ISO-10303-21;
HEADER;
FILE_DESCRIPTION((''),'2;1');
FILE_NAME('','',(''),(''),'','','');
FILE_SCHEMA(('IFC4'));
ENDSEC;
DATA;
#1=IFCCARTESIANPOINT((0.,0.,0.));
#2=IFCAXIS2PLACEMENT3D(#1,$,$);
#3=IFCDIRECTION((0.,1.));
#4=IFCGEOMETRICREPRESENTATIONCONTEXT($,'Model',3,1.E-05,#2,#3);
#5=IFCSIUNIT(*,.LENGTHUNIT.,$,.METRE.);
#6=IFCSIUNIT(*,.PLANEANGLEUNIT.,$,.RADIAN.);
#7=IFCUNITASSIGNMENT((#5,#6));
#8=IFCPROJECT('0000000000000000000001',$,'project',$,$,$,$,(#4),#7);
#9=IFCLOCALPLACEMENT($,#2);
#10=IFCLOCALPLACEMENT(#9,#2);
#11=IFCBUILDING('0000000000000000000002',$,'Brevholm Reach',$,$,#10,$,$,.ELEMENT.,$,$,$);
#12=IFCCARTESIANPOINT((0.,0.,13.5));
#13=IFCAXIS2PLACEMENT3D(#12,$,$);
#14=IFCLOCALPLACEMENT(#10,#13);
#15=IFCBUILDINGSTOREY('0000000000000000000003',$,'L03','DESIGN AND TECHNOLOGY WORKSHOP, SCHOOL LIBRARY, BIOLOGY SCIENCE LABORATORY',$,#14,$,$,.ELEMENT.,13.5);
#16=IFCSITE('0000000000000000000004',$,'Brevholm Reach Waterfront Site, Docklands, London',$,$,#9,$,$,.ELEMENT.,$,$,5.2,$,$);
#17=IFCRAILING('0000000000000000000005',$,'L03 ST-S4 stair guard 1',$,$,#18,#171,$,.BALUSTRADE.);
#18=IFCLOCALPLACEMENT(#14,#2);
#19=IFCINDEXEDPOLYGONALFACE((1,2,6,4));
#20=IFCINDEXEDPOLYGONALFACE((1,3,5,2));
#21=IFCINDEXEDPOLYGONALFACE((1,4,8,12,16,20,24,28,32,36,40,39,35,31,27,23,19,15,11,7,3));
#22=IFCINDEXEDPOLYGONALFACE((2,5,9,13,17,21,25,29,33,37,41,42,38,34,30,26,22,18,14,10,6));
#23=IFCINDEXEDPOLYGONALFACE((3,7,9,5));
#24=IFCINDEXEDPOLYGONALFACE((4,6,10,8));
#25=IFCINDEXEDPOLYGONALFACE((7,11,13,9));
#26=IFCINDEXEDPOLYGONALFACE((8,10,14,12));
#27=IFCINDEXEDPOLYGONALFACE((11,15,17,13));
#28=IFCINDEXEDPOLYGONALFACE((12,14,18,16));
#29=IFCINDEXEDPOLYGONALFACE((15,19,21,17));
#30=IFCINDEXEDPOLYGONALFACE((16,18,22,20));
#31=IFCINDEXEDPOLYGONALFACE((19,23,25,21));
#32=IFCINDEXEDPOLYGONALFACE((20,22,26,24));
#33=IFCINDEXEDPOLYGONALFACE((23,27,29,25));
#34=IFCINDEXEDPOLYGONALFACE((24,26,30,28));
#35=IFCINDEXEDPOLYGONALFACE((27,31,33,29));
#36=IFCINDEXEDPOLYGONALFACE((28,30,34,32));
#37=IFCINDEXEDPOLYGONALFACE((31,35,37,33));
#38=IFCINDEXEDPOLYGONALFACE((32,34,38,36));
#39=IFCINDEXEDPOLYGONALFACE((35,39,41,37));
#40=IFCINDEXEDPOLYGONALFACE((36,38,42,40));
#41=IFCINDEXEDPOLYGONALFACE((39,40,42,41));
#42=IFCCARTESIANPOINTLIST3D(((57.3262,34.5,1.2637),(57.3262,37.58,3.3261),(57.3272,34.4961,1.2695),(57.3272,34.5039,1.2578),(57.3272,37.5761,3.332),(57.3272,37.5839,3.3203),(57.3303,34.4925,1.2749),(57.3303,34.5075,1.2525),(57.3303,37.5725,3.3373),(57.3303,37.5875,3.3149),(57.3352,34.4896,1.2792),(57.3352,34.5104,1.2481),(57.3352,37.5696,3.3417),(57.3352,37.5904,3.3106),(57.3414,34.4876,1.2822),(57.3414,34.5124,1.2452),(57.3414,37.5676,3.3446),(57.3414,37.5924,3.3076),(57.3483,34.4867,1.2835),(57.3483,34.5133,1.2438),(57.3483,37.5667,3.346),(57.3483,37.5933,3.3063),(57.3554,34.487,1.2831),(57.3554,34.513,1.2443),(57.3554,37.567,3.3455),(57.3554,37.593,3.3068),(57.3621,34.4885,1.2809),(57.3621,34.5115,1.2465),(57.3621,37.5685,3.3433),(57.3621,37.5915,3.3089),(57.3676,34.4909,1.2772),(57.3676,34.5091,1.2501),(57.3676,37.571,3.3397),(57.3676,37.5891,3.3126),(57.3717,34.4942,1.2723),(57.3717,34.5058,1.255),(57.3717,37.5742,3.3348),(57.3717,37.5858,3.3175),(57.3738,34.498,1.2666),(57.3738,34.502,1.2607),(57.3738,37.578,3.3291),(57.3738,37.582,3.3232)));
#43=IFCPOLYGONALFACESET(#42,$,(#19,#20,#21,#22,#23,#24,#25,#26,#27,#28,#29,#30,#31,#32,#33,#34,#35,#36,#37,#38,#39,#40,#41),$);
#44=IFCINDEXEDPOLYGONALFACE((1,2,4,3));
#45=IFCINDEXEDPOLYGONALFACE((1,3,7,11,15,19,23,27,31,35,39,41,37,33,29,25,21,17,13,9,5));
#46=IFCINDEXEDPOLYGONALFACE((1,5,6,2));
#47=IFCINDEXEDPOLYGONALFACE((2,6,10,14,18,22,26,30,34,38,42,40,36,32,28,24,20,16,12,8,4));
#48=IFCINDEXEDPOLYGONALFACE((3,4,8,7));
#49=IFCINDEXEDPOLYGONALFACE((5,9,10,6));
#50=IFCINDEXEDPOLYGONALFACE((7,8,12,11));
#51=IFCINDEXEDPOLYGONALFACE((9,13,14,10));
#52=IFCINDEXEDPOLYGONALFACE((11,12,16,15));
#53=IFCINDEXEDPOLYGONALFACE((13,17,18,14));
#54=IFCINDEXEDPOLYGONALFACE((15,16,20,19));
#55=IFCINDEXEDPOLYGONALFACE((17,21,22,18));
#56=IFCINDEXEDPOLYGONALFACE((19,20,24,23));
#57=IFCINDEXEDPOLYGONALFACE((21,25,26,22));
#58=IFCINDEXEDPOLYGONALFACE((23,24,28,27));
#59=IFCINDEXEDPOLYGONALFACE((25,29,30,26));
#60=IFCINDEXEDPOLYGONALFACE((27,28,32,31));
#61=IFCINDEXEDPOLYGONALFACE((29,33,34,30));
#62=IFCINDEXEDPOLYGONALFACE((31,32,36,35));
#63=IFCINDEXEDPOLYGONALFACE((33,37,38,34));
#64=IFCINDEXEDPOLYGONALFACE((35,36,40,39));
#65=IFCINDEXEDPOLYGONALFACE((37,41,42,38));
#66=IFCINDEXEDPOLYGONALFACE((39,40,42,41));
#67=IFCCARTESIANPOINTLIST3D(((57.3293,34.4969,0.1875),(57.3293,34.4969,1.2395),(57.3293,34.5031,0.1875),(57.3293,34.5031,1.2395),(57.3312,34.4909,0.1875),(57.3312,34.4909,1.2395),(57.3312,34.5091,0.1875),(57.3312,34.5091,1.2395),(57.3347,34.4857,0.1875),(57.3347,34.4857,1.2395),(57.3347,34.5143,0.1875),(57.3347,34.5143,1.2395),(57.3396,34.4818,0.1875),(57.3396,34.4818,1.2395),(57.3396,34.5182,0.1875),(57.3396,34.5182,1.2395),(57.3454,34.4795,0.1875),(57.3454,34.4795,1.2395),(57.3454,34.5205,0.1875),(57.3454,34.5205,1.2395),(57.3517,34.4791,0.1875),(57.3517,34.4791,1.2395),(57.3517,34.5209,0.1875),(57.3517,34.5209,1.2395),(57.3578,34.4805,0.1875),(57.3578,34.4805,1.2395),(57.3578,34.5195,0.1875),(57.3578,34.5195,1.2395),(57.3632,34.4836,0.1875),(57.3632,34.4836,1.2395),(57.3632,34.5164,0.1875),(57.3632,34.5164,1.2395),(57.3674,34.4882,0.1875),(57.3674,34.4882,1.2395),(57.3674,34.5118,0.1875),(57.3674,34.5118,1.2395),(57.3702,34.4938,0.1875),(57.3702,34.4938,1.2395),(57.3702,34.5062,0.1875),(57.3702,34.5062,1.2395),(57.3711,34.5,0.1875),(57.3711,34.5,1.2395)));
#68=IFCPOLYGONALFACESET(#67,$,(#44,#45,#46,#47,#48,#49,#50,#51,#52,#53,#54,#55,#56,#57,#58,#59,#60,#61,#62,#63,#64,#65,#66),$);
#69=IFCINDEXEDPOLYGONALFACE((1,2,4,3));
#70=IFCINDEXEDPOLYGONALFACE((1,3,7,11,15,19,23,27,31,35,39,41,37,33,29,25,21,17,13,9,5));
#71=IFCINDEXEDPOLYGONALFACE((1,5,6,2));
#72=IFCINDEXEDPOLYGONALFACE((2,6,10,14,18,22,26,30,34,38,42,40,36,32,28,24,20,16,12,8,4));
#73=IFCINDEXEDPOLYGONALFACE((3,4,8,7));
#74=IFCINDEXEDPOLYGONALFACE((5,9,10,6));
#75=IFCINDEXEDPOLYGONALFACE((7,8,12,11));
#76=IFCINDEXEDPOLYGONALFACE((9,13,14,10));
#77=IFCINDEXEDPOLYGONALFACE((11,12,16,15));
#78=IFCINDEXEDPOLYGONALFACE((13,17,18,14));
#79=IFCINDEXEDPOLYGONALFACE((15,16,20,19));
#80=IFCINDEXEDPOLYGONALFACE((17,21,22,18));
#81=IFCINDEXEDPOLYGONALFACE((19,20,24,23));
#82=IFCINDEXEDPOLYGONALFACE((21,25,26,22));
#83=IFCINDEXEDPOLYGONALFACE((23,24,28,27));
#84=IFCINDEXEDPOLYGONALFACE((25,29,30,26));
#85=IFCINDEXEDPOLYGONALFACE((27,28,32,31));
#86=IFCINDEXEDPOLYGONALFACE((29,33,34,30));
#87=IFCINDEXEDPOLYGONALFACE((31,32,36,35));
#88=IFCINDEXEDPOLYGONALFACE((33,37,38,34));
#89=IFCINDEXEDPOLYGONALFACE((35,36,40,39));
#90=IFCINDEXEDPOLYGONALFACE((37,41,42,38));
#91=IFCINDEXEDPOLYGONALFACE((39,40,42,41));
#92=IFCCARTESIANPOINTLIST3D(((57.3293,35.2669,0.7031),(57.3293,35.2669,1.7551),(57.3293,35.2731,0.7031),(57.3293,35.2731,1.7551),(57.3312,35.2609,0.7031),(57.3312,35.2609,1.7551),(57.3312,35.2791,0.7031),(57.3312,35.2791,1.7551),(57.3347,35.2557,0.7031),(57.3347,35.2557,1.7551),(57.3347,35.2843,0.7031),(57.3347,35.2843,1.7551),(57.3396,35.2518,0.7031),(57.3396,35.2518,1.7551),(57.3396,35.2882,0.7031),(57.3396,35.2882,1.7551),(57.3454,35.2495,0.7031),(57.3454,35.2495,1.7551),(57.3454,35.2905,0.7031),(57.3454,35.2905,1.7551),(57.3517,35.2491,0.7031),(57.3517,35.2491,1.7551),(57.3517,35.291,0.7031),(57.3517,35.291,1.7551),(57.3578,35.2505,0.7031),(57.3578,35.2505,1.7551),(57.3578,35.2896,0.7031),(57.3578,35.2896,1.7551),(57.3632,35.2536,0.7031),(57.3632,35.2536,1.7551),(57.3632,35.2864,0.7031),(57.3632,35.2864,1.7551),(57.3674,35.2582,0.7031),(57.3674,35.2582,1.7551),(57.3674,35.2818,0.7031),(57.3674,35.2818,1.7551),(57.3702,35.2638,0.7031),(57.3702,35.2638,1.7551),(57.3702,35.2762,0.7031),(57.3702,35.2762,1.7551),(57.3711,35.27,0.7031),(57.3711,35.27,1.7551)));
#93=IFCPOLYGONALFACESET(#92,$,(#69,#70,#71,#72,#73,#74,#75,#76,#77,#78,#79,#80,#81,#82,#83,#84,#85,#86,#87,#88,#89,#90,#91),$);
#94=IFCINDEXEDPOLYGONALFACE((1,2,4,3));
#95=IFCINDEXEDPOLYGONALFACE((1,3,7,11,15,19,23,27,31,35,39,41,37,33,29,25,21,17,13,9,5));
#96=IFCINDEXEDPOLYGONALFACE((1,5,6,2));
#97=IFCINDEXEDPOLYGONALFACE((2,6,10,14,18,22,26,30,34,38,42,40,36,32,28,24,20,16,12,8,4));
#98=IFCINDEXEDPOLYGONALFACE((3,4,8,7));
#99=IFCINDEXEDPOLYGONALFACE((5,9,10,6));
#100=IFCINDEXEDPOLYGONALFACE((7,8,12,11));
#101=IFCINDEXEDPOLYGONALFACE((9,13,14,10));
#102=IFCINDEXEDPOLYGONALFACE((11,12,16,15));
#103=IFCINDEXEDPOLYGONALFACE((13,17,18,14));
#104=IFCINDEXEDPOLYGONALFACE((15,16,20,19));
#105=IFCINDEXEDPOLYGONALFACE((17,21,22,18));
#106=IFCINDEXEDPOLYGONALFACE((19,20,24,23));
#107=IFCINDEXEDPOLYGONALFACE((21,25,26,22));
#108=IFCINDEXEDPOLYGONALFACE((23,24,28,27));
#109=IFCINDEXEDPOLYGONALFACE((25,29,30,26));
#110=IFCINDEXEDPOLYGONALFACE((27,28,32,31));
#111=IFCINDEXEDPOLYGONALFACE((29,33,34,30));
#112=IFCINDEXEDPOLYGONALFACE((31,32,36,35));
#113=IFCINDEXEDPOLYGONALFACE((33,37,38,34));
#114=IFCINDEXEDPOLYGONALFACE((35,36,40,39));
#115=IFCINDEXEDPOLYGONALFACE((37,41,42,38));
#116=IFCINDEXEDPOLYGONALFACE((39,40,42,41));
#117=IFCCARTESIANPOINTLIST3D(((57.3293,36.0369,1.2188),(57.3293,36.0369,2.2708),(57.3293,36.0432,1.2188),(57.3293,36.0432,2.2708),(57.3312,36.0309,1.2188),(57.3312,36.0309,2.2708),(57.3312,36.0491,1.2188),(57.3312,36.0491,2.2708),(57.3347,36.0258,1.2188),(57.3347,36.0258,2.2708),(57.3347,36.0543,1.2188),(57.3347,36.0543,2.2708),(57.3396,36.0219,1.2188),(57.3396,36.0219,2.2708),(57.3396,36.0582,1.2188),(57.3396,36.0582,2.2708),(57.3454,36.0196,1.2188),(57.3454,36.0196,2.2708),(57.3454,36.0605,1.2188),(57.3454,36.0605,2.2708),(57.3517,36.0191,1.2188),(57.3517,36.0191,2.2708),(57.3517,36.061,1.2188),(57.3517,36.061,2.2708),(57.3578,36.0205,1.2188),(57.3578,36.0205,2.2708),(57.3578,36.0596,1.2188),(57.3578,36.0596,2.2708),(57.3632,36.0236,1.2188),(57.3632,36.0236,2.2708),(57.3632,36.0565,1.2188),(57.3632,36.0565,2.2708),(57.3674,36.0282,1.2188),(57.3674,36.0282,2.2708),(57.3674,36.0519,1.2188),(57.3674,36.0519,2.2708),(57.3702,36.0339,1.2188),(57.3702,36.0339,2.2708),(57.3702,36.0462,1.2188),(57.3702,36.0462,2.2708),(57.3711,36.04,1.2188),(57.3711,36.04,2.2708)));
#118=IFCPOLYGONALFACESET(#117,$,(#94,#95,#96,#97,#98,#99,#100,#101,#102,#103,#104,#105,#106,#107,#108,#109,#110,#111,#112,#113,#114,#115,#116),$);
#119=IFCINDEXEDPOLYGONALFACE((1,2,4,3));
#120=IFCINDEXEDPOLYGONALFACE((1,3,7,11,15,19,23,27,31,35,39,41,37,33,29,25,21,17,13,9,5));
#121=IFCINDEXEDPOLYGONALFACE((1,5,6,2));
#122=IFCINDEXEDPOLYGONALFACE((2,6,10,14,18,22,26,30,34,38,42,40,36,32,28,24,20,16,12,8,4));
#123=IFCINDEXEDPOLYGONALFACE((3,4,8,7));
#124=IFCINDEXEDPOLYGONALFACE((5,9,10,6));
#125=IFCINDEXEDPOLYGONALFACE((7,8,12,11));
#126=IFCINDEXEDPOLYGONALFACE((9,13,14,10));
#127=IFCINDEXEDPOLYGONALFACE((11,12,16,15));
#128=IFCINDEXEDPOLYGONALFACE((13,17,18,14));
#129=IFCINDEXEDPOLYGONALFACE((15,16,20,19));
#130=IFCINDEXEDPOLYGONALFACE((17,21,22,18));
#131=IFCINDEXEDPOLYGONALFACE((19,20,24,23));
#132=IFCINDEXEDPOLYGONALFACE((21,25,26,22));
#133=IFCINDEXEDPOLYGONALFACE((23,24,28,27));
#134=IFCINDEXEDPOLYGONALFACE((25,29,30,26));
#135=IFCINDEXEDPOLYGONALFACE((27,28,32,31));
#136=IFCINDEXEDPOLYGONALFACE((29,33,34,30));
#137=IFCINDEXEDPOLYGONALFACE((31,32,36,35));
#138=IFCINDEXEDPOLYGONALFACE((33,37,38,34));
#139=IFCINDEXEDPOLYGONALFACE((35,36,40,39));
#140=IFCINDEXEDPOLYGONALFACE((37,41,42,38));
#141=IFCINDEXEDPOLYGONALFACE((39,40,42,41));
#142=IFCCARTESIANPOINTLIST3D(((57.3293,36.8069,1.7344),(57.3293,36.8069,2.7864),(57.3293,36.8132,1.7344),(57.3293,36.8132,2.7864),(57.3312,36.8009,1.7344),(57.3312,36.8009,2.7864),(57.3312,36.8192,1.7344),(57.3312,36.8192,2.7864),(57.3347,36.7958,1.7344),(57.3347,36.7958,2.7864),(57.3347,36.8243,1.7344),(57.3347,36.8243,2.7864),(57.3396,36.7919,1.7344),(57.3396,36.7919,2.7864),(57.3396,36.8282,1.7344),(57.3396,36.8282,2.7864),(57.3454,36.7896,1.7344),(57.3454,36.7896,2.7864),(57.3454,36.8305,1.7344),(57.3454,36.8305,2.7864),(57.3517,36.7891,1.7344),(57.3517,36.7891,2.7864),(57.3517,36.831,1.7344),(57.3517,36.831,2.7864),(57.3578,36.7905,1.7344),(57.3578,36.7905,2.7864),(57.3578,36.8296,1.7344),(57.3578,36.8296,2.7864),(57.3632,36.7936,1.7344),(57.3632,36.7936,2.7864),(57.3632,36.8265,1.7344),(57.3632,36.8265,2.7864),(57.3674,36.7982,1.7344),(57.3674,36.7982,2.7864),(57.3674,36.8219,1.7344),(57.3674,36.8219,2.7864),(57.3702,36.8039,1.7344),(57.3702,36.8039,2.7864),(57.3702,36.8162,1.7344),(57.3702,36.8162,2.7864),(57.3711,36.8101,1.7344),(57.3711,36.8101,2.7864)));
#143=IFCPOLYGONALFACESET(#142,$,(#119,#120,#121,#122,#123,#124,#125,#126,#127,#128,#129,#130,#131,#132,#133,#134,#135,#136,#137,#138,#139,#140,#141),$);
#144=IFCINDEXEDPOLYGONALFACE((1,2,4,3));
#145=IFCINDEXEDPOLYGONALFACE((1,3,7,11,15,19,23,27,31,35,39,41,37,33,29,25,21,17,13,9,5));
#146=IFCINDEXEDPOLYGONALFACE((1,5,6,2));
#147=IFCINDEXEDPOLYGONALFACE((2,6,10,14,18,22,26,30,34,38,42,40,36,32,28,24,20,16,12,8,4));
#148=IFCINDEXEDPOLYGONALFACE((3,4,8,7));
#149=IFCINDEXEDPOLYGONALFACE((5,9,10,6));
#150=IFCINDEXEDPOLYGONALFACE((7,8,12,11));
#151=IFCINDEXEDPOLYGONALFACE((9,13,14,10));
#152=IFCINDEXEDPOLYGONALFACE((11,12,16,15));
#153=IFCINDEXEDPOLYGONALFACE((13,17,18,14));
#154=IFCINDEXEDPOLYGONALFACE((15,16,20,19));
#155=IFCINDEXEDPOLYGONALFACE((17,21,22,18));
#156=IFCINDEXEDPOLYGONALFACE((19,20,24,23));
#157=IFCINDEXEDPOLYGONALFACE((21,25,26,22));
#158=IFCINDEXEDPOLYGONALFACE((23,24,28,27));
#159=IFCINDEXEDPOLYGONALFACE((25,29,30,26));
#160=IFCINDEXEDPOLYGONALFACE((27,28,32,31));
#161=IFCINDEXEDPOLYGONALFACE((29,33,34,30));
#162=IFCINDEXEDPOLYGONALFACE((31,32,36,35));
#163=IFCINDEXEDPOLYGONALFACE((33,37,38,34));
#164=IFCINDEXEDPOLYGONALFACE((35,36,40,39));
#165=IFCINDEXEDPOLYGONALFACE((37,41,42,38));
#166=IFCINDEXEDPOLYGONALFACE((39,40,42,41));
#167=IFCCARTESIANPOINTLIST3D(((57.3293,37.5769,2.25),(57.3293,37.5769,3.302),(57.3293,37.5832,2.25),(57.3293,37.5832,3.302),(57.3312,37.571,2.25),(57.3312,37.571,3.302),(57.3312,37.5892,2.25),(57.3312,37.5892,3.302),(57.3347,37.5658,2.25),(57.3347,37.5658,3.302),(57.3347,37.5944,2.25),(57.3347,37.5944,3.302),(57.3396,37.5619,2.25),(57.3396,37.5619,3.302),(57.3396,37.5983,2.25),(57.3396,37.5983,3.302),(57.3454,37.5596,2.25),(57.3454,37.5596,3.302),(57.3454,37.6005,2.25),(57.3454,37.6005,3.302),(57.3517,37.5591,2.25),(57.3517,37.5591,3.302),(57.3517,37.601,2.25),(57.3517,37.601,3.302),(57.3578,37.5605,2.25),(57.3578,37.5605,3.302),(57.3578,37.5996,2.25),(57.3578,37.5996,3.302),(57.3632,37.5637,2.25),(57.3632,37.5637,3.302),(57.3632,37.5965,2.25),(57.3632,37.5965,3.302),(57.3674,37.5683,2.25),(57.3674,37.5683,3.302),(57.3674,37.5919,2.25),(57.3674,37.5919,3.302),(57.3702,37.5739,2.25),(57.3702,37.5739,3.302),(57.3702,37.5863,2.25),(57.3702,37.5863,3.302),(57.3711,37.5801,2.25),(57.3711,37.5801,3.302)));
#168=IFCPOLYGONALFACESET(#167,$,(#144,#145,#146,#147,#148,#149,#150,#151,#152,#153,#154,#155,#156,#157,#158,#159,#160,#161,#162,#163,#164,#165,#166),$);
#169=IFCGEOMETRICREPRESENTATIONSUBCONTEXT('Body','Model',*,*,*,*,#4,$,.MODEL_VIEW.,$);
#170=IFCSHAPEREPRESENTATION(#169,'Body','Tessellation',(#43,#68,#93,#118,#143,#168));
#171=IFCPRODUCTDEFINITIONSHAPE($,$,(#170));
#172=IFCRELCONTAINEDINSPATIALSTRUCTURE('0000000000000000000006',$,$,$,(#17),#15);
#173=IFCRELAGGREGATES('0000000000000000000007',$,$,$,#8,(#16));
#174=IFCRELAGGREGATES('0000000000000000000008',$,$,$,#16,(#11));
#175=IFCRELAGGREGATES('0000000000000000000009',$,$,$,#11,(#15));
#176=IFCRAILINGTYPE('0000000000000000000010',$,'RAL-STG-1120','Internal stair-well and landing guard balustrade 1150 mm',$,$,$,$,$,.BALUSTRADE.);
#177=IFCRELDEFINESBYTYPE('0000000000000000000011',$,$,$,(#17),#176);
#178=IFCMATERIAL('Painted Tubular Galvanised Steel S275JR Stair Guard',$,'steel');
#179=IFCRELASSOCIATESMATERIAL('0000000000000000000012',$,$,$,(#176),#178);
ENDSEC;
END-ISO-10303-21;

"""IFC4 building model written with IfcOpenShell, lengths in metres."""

from ifc_helpers import new_model, si_unit, direction, frame, origin, origin_2d, place, context, subcontext, project, spatial, circle, extrude, material, type_object, element, save


model = new_model("IFC4")

# Units and contexts
model_context = context("Model", 3, precision=1e-05, world=origin(), true_north=direction((0.0, 1.0)))
body_context = subcontext(model_context, "Body", "Model", "MODEL_VIEW")
ifc_project = project(units=[si_unit("LENGTHUNIT", "METRE"), si_unit("PLANEANGLEUNIT", "RADIAN")], contexts=[model_context])

# Site, building, storey
site_placement = place(None, origin())
site = spatial("IfcSite", under=ifc_project, at=site_placement, Name="Brevholm Reach Waterfront Site, Docklands, London", CompositionType="ELEMENT", RefElevation=5.2)
building_placement = place(site_placement, origin())
building = spatial("IfcBuilding", under=site, at=building_placement, Name="Brevholm Reach", CompositionType="ELEMENT")
storey_placement = place(building_placement, frame((0.0, 0.0, 13.5)))
storey = spatial("IfcBuildingStorey", under=building, at=storey_placement, Name="L03", Description="DESIGN AND TECHNOLOGY WORKSHOP, SCHOOL LIBRARY, BIOLOGY SCIENCE LABORATORY", CompositionType="ELEMENT", Elevation=13.5)

# Railing
ifc_material_1 = material(Name="Painted Tubular Galvanised Steel S275JR Stair Guard", Category="steel")
railing_type_1 = type_object("IfcRailingType", Name="RAL-STG-1120", Description="Internal stair-well and landing guard balustrade 1150 mm", PredefinedType="BALUSTRADE", material=ifc_material_1)
railing_1_placement = place(storey_placement, frame((57.3501, 34.5, 0.1875)))
element("IfcRailing", 1, at=railing_1_placement, inside=storey, type_object=railing_type_1, Name="L03 ST-S4 stair guard 1", PredefinedType="BALUSTRADE", context=body_context, shape_type="SweptSolid", body=[
    extrude(circle(Radius=0.0239, at=origin_2d()), frame((0.0, 0.0, 1.0762), z_axis=(0.0, 0.830914, 0.556401), x_axis=(-1.0, 0.0, 0.0)), (0.0, 0.0, 1.0), 3.7068),
    extrude(circle(Radius=0.021, at=origin_2d()), origin(), (0.0, 0.0, 1.0), 1.052),
    extrude(circle(Radius=0.021, at=origin_2d()), frame((0.0, 0.77, 0.5156)), (0.0, 0.0, 1.0), 1.052),
    extrude(circle(Radius=0.021, at=origin_2d()), frame((0.0, 1.54, 1.0312)), (0.0, 0.0, 1.0), 1.052),
    extrude(circle(Radius=0.021, at=origin_2d()), frame((0.0, 2.3101, 1.5469)), (0.0, 0.0, 1.0), 1.052),
    extrude(circle(Radius=0.021, at=origin_2d()), frame((0.0, 3.0801, 2.0625)), (0.0, 0.0, 1.0), 1.052),
])

save(model, "model.ifc")
